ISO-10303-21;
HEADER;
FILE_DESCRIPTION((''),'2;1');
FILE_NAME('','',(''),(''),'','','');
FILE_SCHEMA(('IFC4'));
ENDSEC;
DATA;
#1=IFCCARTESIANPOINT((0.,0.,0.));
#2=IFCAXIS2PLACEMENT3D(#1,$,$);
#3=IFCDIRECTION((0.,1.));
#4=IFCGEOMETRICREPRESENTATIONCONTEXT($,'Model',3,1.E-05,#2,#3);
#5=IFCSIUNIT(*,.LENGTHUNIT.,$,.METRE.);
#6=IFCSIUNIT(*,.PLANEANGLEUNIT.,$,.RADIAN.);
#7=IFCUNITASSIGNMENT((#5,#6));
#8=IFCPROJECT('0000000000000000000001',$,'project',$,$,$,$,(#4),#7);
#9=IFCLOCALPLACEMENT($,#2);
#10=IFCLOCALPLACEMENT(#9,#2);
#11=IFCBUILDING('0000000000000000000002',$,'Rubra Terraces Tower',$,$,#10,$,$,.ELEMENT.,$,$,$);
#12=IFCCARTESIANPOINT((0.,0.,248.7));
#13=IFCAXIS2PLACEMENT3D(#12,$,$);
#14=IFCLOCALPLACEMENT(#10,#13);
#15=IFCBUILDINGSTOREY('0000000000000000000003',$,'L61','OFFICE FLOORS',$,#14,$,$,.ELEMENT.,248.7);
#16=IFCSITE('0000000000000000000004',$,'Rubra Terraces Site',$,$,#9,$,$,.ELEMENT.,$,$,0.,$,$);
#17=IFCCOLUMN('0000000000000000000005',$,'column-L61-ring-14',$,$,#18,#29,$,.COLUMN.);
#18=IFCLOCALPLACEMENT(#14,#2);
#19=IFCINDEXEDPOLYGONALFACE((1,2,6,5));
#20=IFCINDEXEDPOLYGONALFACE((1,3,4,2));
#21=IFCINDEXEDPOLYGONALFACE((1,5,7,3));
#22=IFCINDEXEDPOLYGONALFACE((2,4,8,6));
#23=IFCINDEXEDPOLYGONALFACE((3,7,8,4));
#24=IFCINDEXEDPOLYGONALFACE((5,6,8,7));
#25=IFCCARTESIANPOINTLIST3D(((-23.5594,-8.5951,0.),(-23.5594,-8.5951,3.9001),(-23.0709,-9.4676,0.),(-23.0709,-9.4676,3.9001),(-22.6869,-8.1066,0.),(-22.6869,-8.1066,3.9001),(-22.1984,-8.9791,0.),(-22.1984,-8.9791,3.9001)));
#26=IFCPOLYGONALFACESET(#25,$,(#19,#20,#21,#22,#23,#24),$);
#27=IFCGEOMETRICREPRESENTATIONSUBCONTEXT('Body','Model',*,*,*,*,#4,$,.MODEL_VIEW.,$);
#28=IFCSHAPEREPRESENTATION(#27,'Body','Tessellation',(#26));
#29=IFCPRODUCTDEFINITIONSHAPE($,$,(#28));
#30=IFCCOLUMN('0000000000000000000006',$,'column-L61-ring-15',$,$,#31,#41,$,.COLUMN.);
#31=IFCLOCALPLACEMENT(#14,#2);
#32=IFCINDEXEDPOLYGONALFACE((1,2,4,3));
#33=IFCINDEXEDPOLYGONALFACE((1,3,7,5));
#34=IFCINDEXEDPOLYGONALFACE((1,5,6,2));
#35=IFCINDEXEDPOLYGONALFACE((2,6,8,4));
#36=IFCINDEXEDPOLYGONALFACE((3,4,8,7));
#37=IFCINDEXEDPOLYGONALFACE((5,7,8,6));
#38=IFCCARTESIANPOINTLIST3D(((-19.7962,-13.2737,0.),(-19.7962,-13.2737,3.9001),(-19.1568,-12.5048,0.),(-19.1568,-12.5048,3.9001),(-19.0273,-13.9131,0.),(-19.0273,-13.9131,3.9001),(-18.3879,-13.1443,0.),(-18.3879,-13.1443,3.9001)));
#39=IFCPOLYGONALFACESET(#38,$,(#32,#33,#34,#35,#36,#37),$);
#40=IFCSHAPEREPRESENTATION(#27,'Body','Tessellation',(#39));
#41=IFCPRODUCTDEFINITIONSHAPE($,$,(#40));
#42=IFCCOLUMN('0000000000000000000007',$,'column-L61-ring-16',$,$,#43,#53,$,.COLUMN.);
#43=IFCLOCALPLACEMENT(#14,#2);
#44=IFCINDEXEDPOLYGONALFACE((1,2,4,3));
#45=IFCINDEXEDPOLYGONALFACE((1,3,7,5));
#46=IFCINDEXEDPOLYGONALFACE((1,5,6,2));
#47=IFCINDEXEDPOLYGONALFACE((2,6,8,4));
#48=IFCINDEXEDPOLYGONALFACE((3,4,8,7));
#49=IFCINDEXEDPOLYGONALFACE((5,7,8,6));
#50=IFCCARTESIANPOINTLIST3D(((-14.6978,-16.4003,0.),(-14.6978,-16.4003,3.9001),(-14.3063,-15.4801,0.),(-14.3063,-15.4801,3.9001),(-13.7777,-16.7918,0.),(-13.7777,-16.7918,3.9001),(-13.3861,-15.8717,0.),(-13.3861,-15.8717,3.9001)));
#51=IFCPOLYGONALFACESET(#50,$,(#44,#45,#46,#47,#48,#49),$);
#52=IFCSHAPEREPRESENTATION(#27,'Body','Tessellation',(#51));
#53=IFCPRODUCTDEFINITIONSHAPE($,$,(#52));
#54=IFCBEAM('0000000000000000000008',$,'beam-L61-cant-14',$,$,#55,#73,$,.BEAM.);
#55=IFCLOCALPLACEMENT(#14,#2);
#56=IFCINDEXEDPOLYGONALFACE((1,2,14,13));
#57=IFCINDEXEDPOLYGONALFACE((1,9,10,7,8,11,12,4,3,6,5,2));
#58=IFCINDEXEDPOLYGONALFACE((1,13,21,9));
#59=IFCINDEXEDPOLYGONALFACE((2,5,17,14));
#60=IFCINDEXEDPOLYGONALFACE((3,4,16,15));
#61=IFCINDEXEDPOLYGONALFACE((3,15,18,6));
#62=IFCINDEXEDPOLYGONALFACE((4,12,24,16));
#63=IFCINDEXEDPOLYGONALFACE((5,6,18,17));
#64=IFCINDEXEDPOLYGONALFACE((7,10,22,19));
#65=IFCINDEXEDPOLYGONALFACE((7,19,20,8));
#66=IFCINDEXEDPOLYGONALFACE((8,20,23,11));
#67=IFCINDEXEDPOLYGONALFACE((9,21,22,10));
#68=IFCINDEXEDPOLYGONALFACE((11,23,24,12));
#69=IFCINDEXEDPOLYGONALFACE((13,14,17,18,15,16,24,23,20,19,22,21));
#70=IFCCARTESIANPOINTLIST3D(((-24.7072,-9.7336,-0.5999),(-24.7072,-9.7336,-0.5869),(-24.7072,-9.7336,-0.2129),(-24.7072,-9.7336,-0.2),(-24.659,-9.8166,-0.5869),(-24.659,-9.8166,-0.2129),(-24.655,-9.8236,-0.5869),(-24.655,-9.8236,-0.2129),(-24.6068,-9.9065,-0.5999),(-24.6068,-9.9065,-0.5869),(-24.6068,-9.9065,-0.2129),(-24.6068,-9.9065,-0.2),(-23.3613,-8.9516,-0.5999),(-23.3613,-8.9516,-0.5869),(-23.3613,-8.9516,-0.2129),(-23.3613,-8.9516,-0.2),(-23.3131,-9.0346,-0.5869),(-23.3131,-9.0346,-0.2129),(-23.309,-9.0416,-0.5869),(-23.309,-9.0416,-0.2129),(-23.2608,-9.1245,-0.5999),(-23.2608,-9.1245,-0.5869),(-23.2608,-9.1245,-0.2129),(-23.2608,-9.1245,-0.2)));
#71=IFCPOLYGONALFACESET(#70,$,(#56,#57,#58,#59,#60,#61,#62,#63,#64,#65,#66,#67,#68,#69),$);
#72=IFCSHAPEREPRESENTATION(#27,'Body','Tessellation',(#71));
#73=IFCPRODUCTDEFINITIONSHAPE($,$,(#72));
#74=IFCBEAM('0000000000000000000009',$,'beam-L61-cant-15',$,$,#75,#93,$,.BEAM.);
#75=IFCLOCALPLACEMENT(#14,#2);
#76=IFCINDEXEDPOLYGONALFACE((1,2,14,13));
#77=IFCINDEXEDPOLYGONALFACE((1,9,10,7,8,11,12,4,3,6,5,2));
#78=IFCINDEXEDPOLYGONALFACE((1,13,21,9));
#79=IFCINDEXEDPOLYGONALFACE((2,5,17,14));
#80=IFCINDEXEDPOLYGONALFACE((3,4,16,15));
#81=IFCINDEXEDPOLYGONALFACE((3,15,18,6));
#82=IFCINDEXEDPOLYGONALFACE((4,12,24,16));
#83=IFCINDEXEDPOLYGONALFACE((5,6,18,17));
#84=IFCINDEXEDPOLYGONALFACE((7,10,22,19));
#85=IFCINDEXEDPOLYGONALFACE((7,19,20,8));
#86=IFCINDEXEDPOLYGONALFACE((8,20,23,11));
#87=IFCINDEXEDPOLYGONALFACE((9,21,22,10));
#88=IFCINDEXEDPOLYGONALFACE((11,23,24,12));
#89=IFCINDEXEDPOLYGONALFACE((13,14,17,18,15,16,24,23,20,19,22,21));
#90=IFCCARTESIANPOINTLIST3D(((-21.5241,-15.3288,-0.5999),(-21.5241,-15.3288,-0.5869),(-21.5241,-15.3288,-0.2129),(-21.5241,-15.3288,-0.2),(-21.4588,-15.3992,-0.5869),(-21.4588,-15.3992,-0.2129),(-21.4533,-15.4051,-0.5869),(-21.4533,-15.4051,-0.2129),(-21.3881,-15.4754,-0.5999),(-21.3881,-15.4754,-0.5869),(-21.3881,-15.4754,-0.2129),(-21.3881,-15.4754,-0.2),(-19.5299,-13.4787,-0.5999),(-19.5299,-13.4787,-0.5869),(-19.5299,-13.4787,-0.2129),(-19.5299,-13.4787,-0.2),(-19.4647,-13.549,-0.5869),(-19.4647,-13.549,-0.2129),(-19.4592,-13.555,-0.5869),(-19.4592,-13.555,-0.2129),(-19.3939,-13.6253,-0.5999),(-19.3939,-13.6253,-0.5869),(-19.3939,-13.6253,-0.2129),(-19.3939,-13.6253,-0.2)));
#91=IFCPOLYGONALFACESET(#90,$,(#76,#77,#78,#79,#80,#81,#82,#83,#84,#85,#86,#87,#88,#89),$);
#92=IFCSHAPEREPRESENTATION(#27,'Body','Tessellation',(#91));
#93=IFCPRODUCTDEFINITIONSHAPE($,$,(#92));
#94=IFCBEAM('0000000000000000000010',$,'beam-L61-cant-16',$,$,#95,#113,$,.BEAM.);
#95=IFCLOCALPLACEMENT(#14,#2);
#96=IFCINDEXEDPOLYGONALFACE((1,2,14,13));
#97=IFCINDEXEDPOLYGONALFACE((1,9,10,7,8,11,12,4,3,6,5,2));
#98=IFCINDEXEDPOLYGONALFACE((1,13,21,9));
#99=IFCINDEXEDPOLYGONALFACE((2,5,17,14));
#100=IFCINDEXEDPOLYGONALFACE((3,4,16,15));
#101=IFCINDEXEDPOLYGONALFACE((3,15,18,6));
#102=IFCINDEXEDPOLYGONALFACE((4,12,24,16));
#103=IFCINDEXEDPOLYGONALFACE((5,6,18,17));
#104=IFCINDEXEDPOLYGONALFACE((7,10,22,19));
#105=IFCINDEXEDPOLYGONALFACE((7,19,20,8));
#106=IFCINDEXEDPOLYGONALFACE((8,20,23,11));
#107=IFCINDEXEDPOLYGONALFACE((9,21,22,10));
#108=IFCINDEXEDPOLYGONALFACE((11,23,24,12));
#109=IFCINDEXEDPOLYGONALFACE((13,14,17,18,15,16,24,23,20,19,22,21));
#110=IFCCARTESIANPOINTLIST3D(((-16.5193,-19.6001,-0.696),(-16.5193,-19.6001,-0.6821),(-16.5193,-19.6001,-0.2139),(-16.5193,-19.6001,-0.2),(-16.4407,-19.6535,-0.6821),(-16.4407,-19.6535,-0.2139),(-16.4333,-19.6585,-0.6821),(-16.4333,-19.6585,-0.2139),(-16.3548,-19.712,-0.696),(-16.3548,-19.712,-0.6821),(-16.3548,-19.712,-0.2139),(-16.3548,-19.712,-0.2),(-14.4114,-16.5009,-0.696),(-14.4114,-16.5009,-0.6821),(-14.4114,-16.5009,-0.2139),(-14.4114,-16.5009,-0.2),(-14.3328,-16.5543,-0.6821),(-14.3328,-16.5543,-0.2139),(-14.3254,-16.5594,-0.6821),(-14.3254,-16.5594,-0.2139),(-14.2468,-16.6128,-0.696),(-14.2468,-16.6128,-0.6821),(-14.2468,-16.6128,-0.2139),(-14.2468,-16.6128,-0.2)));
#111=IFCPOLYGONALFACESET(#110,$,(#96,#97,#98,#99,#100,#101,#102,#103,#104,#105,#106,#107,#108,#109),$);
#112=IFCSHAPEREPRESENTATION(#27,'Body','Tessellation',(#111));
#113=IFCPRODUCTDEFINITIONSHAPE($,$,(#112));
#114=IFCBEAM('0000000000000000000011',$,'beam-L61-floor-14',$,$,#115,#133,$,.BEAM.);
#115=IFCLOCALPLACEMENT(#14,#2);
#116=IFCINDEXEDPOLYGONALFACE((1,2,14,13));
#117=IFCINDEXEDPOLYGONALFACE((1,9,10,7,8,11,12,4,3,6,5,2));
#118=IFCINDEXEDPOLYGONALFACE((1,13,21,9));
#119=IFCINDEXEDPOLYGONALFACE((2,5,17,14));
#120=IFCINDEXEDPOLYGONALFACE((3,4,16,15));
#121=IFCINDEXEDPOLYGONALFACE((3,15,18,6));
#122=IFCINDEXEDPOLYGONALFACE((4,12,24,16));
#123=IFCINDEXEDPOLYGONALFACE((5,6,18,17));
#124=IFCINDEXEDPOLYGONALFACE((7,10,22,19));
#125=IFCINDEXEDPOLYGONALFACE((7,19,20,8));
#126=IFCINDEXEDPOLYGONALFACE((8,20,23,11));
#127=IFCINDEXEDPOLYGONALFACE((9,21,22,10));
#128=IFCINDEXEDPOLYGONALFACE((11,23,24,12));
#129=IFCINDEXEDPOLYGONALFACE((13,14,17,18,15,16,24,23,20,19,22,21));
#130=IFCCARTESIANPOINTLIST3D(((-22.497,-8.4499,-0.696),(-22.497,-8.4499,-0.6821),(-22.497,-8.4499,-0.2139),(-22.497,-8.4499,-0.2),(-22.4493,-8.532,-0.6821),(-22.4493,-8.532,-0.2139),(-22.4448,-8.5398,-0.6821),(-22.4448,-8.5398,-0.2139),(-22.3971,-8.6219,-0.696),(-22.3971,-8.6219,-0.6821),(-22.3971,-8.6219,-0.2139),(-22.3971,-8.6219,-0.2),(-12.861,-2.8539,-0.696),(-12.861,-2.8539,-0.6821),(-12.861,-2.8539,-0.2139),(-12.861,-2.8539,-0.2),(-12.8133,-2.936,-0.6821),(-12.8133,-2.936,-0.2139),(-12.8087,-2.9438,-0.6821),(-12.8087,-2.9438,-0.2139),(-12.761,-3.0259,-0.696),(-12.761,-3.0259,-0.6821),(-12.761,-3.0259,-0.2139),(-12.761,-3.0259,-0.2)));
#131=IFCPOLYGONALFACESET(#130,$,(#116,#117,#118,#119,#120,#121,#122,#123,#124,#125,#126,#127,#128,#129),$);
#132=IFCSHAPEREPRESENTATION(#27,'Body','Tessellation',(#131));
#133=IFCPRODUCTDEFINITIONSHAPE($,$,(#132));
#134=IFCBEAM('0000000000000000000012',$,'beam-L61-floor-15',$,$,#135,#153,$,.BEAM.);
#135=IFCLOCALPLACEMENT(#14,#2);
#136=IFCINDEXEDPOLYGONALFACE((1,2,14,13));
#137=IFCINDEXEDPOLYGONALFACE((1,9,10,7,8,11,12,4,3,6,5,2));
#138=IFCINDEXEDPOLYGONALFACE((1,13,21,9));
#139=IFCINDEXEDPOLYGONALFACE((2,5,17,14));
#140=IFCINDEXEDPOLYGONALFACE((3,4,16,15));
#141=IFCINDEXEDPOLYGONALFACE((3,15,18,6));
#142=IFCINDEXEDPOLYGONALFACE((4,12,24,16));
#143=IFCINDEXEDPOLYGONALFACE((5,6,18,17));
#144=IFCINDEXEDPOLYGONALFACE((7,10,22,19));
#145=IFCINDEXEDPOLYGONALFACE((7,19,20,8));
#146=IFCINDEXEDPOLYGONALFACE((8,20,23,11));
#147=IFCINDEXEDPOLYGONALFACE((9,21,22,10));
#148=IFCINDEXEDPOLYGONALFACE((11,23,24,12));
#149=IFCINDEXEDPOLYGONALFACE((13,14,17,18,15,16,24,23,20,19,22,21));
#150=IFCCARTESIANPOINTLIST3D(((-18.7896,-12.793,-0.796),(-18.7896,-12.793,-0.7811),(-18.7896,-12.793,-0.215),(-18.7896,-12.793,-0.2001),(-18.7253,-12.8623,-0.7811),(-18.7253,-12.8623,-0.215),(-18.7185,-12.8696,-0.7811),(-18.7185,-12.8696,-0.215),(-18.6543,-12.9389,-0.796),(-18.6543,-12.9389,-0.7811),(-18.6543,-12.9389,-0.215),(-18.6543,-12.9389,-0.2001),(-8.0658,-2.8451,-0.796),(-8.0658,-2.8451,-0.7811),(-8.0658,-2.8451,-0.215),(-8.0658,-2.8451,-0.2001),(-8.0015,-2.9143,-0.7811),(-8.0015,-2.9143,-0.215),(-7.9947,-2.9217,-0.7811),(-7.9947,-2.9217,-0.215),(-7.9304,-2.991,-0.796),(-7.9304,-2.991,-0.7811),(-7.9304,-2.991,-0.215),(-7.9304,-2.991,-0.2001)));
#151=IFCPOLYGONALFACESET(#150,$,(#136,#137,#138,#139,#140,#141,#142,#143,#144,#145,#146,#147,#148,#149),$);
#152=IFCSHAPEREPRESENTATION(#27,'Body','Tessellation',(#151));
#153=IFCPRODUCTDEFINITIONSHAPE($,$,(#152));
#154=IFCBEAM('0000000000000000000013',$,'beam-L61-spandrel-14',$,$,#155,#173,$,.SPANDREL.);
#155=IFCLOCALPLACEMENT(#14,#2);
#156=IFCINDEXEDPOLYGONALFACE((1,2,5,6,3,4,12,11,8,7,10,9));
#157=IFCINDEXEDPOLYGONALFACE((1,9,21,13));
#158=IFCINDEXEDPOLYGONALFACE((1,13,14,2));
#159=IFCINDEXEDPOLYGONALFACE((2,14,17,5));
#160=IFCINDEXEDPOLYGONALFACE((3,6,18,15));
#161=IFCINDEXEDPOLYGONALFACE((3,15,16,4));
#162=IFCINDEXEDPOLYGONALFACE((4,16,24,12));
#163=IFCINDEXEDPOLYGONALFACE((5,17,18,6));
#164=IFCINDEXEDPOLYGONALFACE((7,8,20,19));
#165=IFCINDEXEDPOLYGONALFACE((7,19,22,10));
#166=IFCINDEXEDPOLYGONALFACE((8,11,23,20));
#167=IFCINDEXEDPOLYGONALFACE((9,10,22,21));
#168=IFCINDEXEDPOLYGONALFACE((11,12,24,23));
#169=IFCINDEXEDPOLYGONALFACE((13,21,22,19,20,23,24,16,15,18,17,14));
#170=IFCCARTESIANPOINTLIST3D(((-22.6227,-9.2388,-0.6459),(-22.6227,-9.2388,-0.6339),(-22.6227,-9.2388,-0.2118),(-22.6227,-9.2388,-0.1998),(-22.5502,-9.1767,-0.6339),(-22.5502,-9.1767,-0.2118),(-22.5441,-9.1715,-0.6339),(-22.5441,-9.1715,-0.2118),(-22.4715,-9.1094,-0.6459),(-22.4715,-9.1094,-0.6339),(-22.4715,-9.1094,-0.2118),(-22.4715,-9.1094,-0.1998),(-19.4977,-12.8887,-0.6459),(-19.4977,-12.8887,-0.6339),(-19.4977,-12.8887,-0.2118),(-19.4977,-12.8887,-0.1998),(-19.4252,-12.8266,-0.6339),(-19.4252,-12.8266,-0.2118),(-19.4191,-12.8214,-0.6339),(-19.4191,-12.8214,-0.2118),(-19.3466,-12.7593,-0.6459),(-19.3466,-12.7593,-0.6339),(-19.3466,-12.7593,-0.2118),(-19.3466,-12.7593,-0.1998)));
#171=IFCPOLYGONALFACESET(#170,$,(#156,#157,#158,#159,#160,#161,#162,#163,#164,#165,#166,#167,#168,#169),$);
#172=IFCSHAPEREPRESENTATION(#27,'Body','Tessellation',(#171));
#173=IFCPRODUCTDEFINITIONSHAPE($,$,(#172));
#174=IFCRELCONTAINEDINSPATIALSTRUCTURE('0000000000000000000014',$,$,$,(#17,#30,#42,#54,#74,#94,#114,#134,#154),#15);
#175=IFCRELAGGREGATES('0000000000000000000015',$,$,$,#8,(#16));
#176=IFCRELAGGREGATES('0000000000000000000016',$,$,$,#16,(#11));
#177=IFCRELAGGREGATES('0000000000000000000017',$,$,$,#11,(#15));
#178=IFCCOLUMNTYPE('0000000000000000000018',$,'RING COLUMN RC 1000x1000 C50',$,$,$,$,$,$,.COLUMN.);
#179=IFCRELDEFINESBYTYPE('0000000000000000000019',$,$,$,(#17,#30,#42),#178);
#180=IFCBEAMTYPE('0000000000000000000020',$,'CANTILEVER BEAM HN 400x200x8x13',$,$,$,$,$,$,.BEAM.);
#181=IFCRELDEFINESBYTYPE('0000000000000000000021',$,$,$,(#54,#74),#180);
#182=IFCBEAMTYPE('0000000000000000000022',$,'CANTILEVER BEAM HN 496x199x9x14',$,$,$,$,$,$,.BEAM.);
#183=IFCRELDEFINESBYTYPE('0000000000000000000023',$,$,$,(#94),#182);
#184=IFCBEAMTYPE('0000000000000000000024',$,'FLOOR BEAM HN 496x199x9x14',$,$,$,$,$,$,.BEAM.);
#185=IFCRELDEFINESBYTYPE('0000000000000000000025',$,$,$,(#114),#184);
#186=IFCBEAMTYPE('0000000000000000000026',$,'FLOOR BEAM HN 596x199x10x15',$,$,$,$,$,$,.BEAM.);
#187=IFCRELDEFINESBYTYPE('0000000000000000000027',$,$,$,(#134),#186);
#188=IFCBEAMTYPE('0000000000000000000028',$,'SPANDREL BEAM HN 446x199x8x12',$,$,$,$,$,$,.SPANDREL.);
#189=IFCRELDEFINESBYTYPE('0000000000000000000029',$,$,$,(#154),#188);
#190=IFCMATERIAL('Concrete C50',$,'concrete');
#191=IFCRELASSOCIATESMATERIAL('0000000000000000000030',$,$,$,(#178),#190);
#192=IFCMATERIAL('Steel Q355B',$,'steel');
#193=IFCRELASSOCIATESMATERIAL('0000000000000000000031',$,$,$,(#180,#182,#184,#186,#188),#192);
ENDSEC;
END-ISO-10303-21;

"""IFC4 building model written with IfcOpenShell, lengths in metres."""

from ifc_helpers import new_model, si_unit, direction, frame, origin, origin_2d, place, context, subcontext, project, spatial, rectangle, i_section, extrude, material, material_profile, profile_set, type_object, element, save


model = new_model("IFC4")

# Units and contexts
model_context = context("Model", 3, precision=1e-05, world=origin(), true_north=direction((0.0, 1.0)))
body_context = subcontext(model_context, "Body", "Model", "MODEL_VIEW")
ifc_project = project(units=[si_unit("LENGTHUNIT", "METRE"), si_unit("PLANEANGLEUNIT", "RADIAN")], contexts=[model_context])

# Site, building, storey
site_placement = place(None, origin())
site = spatial("IfcSite", under=ifc_project, at=site_placement, Name="Rubra Terraces Site", CompositionType="ELEMENT", RefElevation=0.0)
building_placement = place(site_placement, origin())
building = spatial("IfcBuilding", under=site, at=building_placement, Name="Rubra Terraces Tower", CompositionType="ELEMENT")
storey_placement = place(building_placement, frame((0.0, 0.0, 248.7)))
storey = spatial("IfcBuildingStorey", under=building, at=storey_placement, Name="L61", Description="OFFICE FLOORS", CompositionType="ELEMENT", Elevation=248.7)

# Columns
ifc_material_1 = material(Name="Concrete C50", Category="concrete")
ifc_material_profile_1 = material_profile(ifc_material_1, rectangle(XDim=1.0, YDim=1.0, at=origin_2d()), Name="RC 1000x1000")
ifc_profile_set_1 = profile_set([ifc_material_profile_1], Name="Concrete C50")
column_type = type_object("IfcColumnType", Name="RING COLUMN RC 1000x1000 C50", PredefinedType="COLUMN", material=ifc_profile_set_1)
for number, where, z_axis, x_axis, name in (
    (1, (-22.8789, -8.7871, 0.0), (0.0, 0.0, 1.0), (0.488526, -0.872549, 0.0), "column-L61-ring-14"),
    (2, (-19.092, -13.209, 0.0), (0.0, 0.0, 1.0), (0.76887, -0.639405, 0.0), "column-L61-ring-15"),
    (3, (-14.042, -16.136, 0.0), (0.0, 0.0, 1.0), (0.920168, -0.391524, 0.0), "column-L61-ring-16"),
):
    element("IfcColumn", number, at=place(storey_placement, frame(where, z_axis=z_axis, x_axis=x_axis)), inside=storey, type_object=column_type, Name=name, PredefinedType="COLUMN", context=body_context, shape_type="SweptSolid", body=[
        extrude(rectangle(XDim=1.0, YDim=1.0, at=origin_2d()), origin(), (0.0, 0.0, 1.0), 3.9001),
    ])

# Beams
ifc_material_2 = material(Name="Steel Q355B", Category="steel")
ifc_material_profile_2 = material_profile(ifc_material_2, i_section(OverallWidth=0.2, OverallDepth=0.3999, WebThickness=0.0081, FlangeThickness=0.0129, at=origin_2d()), Name="HN 400x200x8x13")
ifc_profile_set_2 = profile_set([ifc_material_profile_2], Name="Steel Q355B")
beam_type_1 = type_object("IfcBeamType", Name="CANTILEVER BEAM HN 400x200x8x13", PredefinedType="BEAM", material=ifc_profile_set_2)
beam_1_placement = place(storey_placement, frame((-23.311, -9.0381, -0.3999), z_axis=(-0.864659, -0.502359, 0.0), x_axis=(0.502359, -0.864659, 0.0)))
element("IfcBeam", 4, at=beam_1_placement, inside=storey, type_object=beam_type_1, Name="beam-L61-cant-14", PredefinedType="BEAM", context=body_context, shape_type="SweptSolid", body=[
    extrude(i_section(OverallWidth=0.2, OverallDepth=0.3999, WebThickness=0.0081, FlangeThickness=0.0129, at=origin_2d()), origin(), (0.0, 0.0, 1.0), 1.5566),
])
beam_2_placement = place(storey_placement, frame((-19.4619, -13.552, -0.3999), z_axis=(-0.733088, -0.680134, 0.0), x_axis=(0.680134, -0.733088, 0.0)))
element("IfcBeam", 5, at=beam_2_placement, inside=storey, type_object=beam_type_1, Name="beam-L61-cant-15", PredefinedType="BEAM", context=body_context, shape_type="SweptSolid", body=[
    extrude(i_section(OverallWidth=0.2, OverallDepth=0.3999, WebThickness=0.0081, FlangeThickness=0.0129, at=origin_2d()), origin(), (0.0, 0.0, 1.0), 2.7202),
])
ifc_material_profile_3 = material_profile(ifc_material_2, i_section(OverallWidth=0.199, OverallDepth=0.4961, WebThickness=0.009, FlangeThickness=0.0139, at=origin_2d()), Name="HN 496x199x9x14")
ifc_profile_set_3 = profile_set([ifc_material_profile_3], Name="Steel Q355B")
beam_type_2 = type_object("IfcBeamType", Name="CANTILEVER BEAM HN 496x199x9x14", PredefinedType="BEAM", material=ifc_profile_set_3)
beam_3_placement = place(storey_placement, frame((-14.3291, -16.5569, -0.448), z_axis=(-0.562403, -0.826863, 0.0), x_axis=(0.826863, -0.562403, 0.0)))
element("IfcBeam", 6, at=beam_3_placement, inside=storey, type_object=beam_type_2, Name="beam-L61-cant-16", PredefinedType="BEAM", context=body_context, shape_type="SweptSolid", body=[
    extrude(i_section(OverallWidth=0.199, OverallDepth=0.4961, WebThickness=0.009, FlangeThickness=0.0139, at=origin_2d()), origin(), (0.0, 0.0, 1.0), 3.748),
])
ifc_material_profile_4 = material_profile(ifc_material_2, i_section(OverallWidth=0.199, OverallDepth=0.4961, WebThickness=0.009, FlangeThickness=0.0139, at=origin_2d()), Name="HN 496x199x9x14")
ifc_profile_set_4 = profile_set([ifc_material_profile_4], Name="Steel Q355B")
beam_type_3 = type_object("IfcBeamType", Name="FLOOR BEAM HN 496x199x9x14", PredefinedType="BEAM", material=ifc_profile_set_4)
beam_4_placement = place(storey_placement, frame((-22.447, -8.5359, -0.448), z_axis=(0.864755, 0.502193, 0.0), x_axis=(-0.502193, 0.864755, 0.0)))
element("IfcBeam", 7, at=beam_4_placement, inside=storey, type_object=beam_type_3, Name="beam-L61-floor-14", PredefinedType="BEAM", context=body_context, shape_type="SweptSolid", body=[
    extrude(i_section(OverallWidth=0.199, OverallDepth=0.4961, WebThickness=0.009, FlangeThickness=0.0139, at=origin_2d()), origin(), (0.0, 0.0, 1.0), 11.1431),
])
ifc_material_profile_5 = material_profile(ifc_material_2, i_section(OverallWidth=0.199, OverallDepth=0.5959, WebThickness=0.01, FlangeThickness=0.0149, at=origin_2d()), Name="HN 596x199x10x15")
ifc_profile_set_5 = profile_set([ifc_material_profile_5], Name="Steel Q355B")
beam_type_4 = type_object("IfcBeamType", Name="FLOOR BEAM HN 596x199x10x15", PredefinedType="BEAM", material=ifc_profile_set_5)
beam_5_placement = place(storey_placement, frame((-18.7219, -12.866, -0.498), z_axis=(0.73313, 0.680088, 0.0), x_axis=(-0.680088, 0.73313, 0.0)))
element("IfcBeam", 8, at=beam_5_placement, inside=storey, type_object=beam_type_4, Name="beam-L61-floor-15", PredefinedType="BEAM", context=body_context, shape_type="SweptSolid", body=[
    extrude(i_section(OverallWidth=0.199, OverallDepth=0.5959, WebThickness=0.01, FlangeThickness=0.0149, at=origin_2d()), origin(), (0.0, 0.0, 1.0), 14.6274),
])
ifc_material_profile_6 = material_profile(ifc_material_2, i_section(OverallWidth=0.199, OverallDepth=0.446, WebThickness=0.0081, FlangeThickness=0.012, at=origin_2d()), Name="HN 446x199x8x12")
ifc_profile_set_6 = profile_set([ifc_material_profile_6], Name="Steel Q355B")
beam_type_5 = type_object("IfcBeamType", Name="SPANDREL BEAM HN 446x199x8x12", PredefinedType="SPANDREL", material=ifc_profile_set_6)
beam_6_placement = place(storey_placement, frame((-22.5471, -9.1741, -0.4229), z_axis=(0.650373, -0.759615, 0.0), x_axis=(0.759615, 0.650373, 0.0)))
element("IfcBeam", 9, at=beam_6_placement, inside=storey, type_object=beam_type_5, Name="beam-L61-spandrel-14", PredefinedType="SPANDREL", context=body_context, shape_type="SweptSolid", body=[
    extrude(i_section(OverallWidth=0.199, OverallDepth=0.446, WebThickness=0.0081, FlangeThickness=0.012, at=origin_2d()), origin(), (0.0, 0.0, 1.0), 4.8049),
])

save(model, "model.ifc")
